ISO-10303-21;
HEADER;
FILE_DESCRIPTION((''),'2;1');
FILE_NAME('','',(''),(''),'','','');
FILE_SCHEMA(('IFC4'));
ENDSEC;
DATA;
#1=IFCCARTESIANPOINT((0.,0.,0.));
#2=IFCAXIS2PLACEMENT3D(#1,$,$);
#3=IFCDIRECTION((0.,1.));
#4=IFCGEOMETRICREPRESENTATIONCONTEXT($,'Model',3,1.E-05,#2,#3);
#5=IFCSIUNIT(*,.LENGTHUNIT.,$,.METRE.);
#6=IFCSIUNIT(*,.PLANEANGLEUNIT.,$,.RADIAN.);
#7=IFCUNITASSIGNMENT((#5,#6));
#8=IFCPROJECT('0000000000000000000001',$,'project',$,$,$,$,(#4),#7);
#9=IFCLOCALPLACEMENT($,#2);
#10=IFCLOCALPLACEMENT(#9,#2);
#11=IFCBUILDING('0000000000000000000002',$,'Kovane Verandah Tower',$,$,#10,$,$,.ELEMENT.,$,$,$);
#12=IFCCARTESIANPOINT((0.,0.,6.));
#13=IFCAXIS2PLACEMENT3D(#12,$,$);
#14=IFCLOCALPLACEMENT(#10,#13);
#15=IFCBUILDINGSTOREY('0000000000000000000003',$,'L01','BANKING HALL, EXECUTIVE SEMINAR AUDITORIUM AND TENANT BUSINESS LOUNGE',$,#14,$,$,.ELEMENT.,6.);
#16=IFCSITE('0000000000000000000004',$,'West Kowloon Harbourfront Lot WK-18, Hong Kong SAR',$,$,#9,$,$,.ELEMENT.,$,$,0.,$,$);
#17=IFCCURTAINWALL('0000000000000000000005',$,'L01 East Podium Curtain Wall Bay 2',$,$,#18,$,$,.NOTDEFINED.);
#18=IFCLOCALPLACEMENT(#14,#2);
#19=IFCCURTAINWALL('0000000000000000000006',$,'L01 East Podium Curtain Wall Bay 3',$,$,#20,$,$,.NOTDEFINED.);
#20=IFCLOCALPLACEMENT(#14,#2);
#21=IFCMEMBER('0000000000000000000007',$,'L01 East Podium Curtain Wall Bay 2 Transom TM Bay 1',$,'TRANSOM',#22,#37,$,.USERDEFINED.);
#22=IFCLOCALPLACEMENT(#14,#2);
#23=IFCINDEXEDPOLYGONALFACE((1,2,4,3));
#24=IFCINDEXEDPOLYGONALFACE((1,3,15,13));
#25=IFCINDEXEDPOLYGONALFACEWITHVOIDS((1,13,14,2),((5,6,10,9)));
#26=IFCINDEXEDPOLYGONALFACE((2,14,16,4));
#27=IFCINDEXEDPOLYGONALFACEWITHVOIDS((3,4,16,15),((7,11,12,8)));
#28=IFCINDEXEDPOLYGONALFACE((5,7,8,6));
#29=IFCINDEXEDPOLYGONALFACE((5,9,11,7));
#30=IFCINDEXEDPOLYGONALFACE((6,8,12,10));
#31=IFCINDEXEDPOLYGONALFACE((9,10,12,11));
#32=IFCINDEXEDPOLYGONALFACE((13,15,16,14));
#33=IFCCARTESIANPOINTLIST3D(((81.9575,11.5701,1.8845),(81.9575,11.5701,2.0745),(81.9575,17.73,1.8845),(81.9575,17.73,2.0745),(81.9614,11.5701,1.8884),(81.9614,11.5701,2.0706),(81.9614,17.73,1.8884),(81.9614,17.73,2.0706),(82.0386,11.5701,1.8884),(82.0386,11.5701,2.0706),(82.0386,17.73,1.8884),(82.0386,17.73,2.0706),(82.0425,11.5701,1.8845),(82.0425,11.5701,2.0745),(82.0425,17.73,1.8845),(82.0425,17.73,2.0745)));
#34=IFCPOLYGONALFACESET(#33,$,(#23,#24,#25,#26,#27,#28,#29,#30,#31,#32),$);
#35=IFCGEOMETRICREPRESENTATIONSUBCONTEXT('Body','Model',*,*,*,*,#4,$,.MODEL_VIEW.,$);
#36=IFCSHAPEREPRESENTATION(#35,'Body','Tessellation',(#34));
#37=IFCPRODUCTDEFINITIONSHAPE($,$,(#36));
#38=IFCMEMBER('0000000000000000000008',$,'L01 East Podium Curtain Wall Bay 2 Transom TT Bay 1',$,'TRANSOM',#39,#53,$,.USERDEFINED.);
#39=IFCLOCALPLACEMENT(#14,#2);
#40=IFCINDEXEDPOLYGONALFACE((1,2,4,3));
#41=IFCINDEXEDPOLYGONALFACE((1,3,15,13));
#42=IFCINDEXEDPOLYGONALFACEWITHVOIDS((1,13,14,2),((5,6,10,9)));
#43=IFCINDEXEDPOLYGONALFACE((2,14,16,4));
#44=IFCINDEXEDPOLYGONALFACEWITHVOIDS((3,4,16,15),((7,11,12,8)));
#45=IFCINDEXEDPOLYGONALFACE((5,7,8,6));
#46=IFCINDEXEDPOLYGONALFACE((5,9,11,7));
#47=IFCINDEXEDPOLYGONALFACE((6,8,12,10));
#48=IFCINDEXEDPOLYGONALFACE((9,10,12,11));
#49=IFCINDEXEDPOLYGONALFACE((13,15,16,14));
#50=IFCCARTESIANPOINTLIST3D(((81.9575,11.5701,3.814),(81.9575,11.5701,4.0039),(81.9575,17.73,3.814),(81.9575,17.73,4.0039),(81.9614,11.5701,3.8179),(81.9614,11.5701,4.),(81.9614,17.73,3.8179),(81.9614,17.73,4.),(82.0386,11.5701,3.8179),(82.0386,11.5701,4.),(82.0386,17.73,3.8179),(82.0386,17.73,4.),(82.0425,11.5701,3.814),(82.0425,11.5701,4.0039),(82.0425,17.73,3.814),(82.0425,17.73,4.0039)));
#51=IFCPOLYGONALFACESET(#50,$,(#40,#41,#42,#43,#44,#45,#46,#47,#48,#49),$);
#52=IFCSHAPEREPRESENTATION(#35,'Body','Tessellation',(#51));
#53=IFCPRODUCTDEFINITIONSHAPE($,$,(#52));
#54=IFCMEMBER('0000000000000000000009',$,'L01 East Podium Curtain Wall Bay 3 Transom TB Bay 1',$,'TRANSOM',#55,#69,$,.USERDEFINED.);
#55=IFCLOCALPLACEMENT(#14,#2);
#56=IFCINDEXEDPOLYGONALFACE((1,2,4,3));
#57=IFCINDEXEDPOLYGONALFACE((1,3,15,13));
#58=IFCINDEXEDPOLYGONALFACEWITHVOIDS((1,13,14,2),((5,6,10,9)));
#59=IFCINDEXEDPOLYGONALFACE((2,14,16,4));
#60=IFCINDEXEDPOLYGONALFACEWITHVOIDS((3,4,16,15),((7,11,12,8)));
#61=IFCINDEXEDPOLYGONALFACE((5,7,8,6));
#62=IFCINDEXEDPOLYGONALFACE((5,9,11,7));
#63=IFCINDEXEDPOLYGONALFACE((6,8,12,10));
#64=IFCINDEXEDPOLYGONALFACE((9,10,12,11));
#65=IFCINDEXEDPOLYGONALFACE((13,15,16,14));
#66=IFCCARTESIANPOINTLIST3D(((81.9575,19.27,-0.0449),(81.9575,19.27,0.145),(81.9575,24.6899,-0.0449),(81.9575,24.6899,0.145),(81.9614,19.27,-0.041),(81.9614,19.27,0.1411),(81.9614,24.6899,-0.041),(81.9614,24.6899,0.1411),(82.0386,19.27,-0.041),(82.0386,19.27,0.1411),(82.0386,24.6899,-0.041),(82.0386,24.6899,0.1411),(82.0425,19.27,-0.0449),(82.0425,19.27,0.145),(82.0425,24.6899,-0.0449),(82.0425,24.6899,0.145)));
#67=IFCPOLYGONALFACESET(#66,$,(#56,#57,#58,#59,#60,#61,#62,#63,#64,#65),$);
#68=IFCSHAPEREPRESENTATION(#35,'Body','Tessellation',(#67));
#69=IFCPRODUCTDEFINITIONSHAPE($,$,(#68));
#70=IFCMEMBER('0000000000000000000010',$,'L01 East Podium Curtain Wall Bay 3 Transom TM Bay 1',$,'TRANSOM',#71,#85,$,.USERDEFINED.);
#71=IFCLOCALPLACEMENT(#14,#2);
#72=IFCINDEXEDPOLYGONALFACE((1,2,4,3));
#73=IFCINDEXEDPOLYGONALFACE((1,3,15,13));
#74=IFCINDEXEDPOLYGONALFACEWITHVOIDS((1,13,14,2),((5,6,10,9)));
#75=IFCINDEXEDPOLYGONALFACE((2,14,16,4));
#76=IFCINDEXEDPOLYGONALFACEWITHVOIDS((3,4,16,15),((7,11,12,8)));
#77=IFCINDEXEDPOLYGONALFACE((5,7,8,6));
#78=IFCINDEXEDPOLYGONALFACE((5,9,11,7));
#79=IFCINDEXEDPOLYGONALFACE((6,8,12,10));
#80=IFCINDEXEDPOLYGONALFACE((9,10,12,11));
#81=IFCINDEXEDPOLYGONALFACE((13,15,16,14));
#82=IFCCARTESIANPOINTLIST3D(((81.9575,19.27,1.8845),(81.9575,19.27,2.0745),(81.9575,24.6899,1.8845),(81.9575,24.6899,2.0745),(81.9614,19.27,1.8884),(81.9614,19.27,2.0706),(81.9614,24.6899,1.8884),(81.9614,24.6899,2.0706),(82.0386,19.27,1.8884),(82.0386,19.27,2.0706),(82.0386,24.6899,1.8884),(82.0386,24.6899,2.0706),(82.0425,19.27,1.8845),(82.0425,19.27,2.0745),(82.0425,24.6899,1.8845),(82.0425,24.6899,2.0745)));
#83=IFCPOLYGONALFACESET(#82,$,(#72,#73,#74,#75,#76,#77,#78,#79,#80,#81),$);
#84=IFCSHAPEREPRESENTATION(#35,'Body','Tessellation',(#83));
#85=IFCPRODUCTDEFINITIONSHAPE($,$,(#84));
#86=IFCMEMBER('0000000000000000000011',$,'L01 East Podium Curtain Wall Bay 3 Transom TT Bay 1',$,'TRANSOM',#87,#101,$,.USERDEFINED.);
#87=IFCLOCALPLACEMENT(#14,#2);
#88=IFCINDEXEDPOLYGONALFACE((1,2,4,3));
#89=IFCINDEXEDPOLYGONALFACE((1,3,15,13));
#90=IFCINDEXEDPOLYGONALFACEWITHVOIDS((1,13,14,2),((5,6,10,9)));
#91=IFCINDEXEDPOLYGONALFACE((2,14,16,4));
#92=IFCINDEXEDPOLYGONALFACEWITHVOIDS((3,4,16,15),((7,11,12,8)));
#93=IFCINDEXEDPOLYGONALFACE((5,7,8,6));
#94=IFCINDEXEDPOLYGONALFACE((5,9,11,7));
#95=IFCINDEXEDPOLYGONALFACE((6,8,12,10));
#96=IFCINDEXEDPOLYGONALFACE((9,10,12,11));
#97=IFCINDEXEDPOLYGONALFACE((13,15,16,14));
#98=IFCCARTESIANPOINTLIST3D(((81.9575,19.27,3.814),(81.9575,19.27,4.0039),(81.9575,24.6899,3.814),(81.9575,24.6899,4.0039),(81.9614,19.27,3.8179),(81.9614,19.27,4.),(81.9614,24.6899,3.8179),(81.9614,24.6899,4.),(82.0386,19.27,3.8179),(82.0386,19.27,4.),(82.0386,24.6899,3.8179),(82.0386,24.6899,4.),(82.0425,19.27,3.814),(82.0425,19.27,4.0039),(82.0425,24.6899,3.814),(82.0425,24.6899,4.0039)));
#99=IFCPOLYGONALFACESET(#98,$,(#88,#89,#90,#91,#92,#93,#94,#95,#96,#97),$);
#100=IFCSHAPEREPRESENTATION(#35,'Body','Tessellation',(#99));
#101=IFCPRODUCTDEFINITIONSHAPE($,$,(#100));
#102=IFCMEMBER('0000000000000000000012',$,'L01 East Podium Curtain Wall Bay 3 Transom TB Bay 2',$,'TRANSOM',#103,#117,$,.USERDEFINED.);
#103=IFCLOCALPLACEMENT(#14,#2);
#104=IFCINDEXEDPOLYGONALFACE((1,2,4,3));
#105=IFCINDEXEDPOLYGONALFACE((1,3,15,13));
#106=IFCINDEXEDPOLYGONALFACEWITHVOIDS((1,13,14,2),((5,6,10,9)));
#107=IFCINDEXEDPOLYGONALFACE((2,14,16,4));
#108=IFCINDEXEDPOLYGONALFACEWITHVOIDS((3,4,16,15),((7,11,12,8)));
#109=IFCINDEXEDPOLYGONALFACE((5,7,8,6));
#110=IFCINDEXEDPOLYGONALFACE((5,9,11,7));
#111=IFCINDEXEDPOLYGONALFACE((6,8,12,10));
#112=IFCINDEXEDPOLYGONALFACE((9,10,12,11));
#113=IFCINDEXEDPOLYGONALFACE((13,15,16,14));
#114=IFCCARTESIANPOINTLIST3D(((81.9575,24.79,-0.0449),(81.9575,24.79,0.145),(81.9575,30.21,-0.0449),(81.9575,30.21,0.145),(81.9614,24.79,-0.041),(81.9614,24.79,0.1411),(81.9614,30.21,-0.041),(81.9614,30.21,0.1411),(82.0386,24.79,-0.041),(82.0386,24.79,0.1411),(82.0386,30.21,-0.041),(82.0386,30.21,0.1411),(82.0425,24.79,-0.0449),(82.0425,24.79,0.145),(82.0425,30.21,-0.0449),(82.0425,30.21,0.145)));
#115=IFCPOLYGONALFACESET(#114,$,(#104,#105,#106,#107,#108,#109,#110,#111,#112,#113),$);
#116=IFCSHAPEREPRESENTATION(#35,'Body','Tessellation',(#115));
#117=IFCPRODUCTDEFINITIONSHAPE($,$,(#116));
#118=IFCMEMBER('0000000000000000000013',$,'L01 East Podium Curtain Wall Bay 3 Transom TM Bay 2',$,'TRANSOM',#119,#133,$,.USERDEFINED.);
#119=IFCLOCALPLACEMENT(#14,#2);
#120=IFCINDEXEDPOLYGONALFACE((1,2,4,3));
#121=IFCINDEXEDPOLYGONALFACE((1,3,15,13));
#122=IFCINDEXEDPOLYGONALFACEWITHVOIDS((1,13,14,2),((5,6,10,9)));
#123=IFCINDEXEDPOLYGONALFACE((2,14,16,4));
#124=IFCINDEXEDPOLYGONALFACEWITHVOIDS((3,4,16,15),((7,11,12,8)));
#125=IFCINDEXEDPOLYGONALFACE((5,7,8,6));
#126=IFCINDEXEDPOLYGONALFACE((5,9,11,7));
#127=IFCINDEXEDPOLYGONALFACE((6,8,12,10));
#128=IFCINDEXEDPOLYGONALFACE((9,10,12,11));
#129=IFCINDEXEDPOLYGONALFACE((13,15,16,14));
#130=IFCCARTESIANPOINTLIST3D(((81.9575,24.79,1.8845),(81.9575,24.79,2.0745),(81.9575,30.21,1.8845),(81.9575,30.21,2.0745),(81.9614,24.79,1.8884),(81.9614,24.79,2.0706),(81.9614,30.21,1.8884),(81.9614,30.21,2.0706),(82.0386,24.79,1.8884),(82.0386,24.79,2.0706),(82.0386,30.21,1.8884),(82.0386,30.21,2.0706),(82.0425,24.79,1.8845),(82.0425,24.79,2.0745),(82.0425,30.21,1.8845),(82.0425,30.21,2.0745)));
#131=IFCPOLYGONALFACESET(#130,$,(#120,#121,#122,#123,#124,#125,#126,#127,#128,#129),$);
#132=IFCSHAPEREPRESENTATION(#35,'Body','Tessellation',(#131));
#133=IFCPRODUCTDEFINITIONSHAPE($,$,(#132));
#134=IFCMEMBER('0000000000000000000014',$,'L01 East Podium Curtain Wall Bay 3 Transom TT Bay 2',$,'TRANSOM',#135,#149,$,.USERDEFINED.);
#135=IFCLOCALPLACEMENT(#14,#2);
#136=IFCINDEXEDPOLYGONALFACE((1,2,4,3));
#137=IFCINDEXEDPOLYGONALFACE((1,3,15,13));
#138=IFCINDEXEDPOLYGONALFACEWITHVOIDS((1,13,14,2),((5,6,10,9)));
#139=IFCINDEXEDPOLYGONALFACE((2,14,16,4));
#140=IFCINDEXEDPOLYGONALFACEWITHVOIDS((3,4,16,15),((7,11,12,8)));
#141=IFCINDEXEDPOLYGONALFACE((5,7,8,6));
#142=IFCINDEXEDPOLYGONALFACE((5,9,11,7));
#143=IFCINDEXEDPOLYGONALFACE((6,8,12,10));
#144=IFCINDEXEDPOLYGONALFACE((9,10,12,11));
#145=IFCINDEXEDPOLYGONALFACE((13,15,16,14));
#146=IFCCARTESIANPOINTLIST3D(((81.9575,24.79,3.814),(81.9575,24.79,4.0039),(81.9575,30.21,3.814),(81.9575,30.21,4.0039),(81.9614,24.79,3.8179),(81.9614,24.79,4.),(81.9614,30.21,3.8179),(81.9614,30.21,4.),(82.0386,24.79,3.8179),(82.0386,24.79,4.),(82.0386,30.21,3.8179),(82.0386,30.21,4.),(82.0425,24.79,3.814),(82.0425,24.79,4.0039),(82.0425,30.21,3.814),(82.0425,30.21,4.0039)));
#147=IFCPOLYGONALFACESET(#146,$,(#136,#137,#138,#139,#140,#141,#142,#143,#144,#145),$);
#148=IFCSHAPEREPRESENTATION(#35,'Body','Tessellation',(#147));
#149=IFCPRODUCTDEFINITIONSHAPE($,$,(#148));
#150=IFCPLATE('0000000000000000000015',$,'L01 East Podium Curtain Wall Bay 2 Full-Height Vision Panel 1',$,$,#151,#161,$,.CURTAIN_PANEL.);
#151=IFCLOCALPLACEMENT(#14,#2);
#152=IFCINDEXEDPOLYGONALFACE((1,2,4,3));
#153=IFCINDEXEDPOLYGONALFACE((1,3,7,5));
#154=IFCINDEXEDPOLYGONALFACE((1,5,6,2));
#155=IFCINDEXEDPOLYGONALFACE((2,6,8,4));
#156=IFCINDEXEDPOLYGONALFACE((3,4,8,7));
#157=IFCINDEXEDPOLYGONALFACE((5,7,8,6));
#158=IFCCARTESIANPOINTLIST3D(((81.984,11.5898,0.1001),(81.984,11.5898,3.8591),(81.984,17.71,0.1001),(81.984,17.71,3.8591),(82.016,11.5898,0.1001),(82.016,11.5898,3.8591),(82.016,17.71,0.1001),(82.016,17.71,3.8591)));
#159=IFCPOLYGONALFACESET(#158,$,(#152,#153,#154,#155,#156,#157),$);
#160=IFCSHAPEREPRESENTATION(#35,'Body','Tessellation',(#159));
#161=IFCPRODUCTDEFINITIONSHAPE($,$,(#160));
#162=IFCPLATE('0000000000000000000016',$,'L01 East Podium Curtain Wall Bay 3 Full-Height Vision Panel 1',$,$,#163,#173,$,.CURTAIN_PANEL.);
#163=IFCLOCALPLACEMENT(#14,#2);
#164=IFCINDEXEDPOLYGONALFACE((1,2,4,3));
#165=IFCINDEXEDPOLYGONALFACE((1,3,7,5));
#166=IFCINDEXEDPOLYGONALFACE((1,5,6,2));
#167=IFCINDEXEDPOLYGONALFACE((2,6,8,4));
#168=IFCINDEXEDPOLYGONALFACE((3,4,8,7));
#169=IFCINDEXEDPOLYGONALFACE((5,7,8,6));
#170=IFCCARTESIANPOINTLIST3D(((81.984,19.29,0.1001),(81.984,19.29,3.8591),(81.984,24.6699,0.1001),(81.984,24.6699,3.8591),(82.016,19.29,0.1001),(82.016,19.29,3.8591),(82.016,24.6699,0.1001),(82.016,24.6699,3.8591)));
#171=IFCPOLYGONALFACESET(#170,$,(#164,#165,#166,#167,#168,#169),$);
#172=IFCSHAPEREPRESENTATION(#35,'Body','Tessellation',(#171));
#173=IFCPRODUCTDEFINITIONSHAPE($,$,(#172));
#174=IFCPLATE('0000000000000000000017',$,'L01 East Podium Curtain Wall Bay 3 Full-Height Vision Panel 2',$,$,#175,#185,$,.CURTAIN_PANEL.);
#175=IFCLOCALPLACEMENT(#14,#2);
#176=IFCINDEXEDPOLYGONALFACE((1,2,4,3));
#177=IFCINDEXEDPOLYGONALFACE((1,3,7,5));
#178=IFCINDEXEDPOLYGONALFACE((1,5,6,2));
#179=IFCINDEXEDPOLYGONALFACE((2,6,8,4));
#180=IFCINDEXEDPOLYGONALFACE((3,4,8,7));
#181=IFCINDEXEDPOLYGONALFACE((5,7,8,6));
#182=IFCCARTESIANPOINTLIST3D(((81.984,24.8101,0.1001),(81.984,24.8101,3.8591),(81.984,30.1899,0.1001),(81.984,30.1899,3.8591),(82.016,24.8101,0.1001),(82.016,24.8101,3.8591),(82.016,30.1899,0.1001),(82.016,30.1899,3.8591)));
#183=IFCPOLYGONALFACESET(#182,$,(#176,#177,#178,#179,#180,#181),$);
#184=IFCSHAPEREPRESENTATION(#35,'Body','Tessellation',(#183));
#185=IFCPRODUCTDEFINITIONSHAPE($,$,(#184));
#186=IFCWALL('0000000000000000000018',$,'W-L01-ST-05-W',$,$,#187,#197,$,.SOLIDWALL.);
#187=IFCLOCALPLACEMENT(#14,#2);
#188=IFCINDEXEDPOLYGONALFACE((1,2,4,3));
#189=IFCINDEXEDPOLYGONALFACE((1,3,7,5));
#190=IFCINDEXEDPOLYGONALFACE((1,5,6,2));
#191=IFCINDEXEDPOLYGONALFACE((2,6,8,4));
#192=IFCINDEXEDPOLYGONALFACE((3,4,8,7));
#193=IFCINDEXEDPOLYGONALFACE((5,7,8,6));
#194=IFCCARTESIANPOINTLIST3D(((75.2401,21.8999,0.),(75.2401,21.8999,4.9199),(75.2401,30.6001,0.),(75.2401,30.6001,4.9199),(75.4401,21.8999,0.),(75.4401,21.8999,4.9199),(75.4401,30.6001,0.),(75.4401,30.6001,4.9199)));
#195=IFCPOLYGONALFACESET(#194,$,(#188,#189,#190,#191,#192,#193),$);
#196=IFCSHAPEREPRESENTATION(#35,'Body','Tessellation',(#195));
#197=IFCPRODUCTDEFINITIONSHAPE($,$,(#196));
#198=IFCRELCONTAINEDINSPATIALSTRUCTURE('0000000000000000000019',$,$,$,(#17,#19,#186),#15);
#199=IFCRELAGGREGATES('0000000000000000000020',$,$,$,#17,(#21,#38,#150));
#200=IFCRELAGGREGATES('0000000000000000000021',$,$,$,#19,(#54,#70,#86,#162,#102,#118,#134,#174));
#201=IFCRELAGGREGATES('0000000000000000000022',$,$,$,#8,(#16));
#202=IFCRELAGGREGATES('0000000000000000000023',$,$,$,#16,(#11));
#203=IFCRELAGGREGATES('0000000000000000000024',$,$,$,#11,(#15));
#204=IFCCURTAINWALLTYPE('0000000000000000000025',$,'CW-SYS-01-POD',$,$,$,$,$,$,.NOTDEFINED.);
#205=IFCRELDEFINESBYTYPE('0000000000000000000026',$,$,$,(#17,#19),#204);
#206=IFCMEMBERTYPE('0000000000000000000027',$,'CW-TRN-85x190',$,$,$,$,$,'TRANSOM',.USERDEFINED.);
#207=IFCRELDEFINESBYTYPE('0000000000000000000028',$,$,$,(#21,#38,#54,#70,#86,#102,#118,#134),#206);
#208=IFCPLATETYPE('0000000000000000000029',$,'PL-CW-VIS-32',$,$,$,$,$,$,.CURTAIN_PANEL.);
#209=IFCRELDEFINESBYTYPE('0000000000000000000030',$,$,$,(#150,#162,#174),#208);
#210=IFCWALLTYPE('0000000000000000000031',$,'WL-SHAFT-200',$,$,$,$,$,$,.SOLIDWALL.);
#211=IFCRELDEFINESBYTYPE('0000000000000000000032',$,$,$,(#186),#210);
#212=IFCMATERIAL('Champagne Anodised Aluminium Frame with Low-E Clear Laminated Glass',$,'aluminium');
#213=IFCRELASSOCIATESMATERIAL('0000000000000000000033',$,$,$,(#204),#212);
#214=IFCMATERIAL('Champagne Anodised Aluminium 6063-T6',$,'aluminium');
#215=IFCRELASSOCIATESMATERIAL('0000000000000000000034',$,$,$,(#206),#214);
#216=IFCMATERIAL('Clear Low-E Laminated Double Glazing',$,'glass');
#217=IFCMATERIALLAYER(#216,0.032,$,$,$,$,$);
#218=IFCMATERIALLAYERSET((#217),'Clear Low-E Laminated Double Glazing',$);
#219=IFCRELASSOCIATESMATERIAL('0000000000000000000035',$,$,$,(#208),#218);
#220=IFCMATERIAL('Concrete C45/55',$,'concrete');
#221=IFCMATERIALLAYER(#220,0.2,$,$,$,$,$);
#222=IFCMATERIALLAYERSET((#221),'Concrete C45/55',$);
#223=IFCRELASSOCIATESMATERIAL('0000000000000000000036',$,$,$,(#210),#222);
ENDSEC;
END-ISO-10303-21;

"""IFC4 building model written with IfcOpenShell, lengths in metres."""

from ifc_helpers import new_model, si_unit, direction, frame, frame_2d, origin, origin_2d, place, context, subcontext, project, spatial, rectangle, hollow_rectangle, extrude, material, layer, layer_set, material_profile, profile_set, type_object, element, aggregate, save


model = new_model("IFC4")

# Units and contexts
model_context = context("Model", 3, precision=1e-05, world=origin(), true_north=direction((0.0, 1.0)))
body_context = subcontext(model_context, "Body", "Model", "MODEL_VIEW")
ifc_project = project(units=[si_unit("LENGTHUNIT", "METRE"), si_unit("PLANEANGLEUNIT", "RADIAN")], contexts=[model_context])

# Site, building, storey
site_placement = place(None, origin())
site = spatial("IfcSite", under=ifc_project, at=site_placement, Name="West Kowloon Harbourfront Lot WK-18, Hong Kong SAR", CompositionType="ELEMENT", RefElevation=0.0)
building_placement = place(site_placement, origin())
building = spatial("IfcBuilding", under=site, at=building_placement, Name="Kovane Verandah Tower", CompositionType="ELEMENT")
storey_placement = place(building_placement, frame((0.0, 0.0, 6.0)))
storey = spatial("IfcBuildingStorey", under=building, at=storey_placement, Name="L01", Description="BANKING HALL, EXECUTIVE SEMINAR AUDITORIUM AND TENANT BUSINESS LOUNGE", CompositionType="ELEMENT", Elevation=6.0)

# Curtain walls
ifc_material_1 = material(Name="Champagne Anodised Aluminium Frame with Low-E Clear Laminated Glass", Category="aluminium")
curtain_wall_type = type_object("IfcCurtainWallType", Name="CW-SYS-01-POD", PredefinedType="NOTDEFINED", material=ifc_material_1)
curtain_wall_1_placement = place(storey_placement, origin())
curtain_wall_1 = element("IfcCurtainWall", 1, at=curtain_wall_1_placement, inside=storey, type_object=curtain_wall_type, Name="L01 East Podium Curtain Wall Bay 2", PredefinedType="NOTDEFINED")
ifc_material_2 = material(Name="Champagne Anodised Aluminium 6063-T6", Category="aluminium")
curtain_wall_2_placement = place(storey_placement, origin())
curtain_wall_2 = element("IfcCurtainWall", 2, at=curtain_wall_2_placement, inside=storey, type_object=curtain_wall_type, Name="L01 East Podium Curtain Wall Bay 3", PredefinedType="NOTDEFINED")

# Members
ifc_material_profile_1 = material_profile(ifc_material_2, hollow_rectangle(XDim=0.085, YDim=0.1899, WallThickness=0.0039, at=origin_2d()), Name="AL85x190x4")
ifc_profile_set_1 = profile_set([ifc_material_profile_1], Name="Champagne Anodised Aluminium 6063-T6")
member_type_1 = type_object("IfcMemberType", Name="CW-TRN-85x190", ElementType="TRANSOM", PredefinedType="USERDEFINED", material=ifc_profile_set_1)
member_1_placement = place(storey_placement, frame((82.0, 11.5701, 1.9795), z_axis=(0.0, 1.0, 0.0), x_axis=(-1.0, 0.0, 0.0)))
member_1 = element("IfcMember", 3, at=member_1_placement, type_object=member_type_1, Name="L01 East Podium Curtain Wall Bay 2 Transom TM Bay 1", ObjectType="TRANSOM", PredefinedType="USERDEFINED", context=body_context, shape_type="SweptSolid", body=[
    extrude(hollow_rectangle(XDim=0.085, YDim=0.1899, WallThickness=0.0039, at=origin_2d()), origin(), (0.0, 0.0, 1.0), 6.1599),
])
member_2_placement = place(storey_placement, frame((82.0, 11.5701, 3.9089), z_axis=(0.0, 1.0, 0.0), x_axis=(-1.0, 0.0, 0.0)))
member_2 = element("IfcMember", 4, at=member_2_placement, type_object=member_type_1, Name="L01 East Podium Curtain Wall Bay 2 Transom TT Bay 1", ObjectType="TRANSOM", PredefinedType="USERDEFINED", context=body_context, shape_type="SweptSolid", body=[
    extrude(hollow_rectangle(XDim=0.085, YDim=0.1899, WallThickness=0.0039, at=origin_2d()), origin(), (0.0, 0.0, 1.0), 6.1599),
])
member_3_placement = place(storey_placement, frame((82.0, 19.27, 0.05), z_axis=(0.0, 1.0, 0.0), x_axis=(-1.0, 0.0, 0.0)))
member_3 = element("IfcMember", 5, at=member_3_placement, type_object=member_type_1, Name="L01 East Podium Curtain Wall Bay 3 Transom TB Bay 1", ObjectType="TRANSOM", PredefinedType="USERDEFINED", context=body_context, shape_type="SweptSolid", body=[
    extrude(hollow_rectangle(XDim=0.085, YDim=0.1899, WallThickness=0.0039, at=origin_2d()), origin(), (0.0, 0.0, 1.0), 5.4199),
])
member_4_placement = place(storey_placement, frame((82.0, 19.27, 1.9795), z_axis=(0.0, 1.0, 0.0), x_axis=(-1.0, 0.0, 0.0)))
member_4 = element("IfcMember", 6, at=member_4_placement, type_object=member_type_1, Name="L01 East Podium Curtain Wall Bay 3 Transom TM Bay 1", ObjectType="TRANSOM", PredefinedType="USERDEFINED", context=body_context, shape_type="SweptSolid", body=[
    extrude(hollow_rectangle(XDim=0.085, YDim=0.1899, WallThickness=0.0039, at=origin_2d()), origin(), (0.0, 0.0, 1.0), 5.4199),
])
member_5_placement = place(storey_placement, frame((82.0, 19.27, 3.9089), z_axis=(0.0, 1.0, 0.0), x_axis=(-1.0, 0.0, 0.0)))
member_5 = element("IfcMember", 7, at=member_5_placement, type_object=member_type_1, Name="L01 East Podium Curtain Wall Bay 3 Transom TT Bay 1", ObjectType="TRANSOM", PredefinedType="USERDEFINED", context=body_context, shape_type="SweptSolid", body=[
    extrude(hollow_rectangle(XDim=0.085, YDim=0.1899, WallThickness=0.0039, at=origin_2d()), origin(), (0.0, 0.0, 1.0), 5.4199),
])
member_6_placement = place(storey_placement, frame((82.0, 24.79, 0.05), z_axis=(0.0, 1.0, 0.0), x_axis=(-1.0, 0.0, 0.0)))
member_6 = element("IfcMember", 8, at=member_6_placement, type_object=member_type_1, Name="L01 East Podium Curtain Wall Bay 3 Transom TB Bay 2", ObjectType="TRANSOM", PredefinedType="USERDEFINED", context=body_context, shape_type="SweptSolid", body=[
    extrude(hollow_rectangle(XDim=0.085, YDim=0.1899, WallThickness=0.0039, at=origin_2d()), origin(), (0.0, 0.0, 1.0), 5.4199),
])
member_7_placement = place(storey_placement, frame((82.0, 24.79, 1.9795), z_axis=(0.0, 1.0, 0.0), x_axis=(-1.0, 0.0, 0.0)))
member_7 = element("IfcMember", 9, at=member_7_placement, type_object=member_type_1, Name="L01 East Podium Curtain Wall Bay 3 Transom TM Bay 2", ObjectType="TRANSOM", PredefinedType="USERDEFINED", context=body_context, shape_type="SweptSolid", body=[
    extrude(hollow_rectangle(XDim=0.085, YDim=0.1899, WallThickness=0.0039, at=origin_2d()), origin(), (0.0, 0.0, 1.0), 5.4199),
])
member_8_placement = place(storey_placement, frame((82.0, 24.79, 3.9089), z_axis=(0.0, 1.0, 0.0), x_axis=(-1.0, 0.0, 0.0)))
member_8 = element("IfcMember", 10, at=member_8_placement, type_object=member_type_1, Name="L01 East Podium Curtain Wall Bay 3 Transom TT Bay 2", ObjectType="TRANSOM", PredefinedType="USERDEFINED", context=body_context, shape_type="SweptSolid", body=[
    extrude(hollow_rectangle(XDim=0.085, YDim=0.1899, WallThickness=0.0039, at=origin_2d()), origin(), (0.0, 0.0, 1.0), 5.4199),
])

# Plates
ifc_material_3 = material(Name="Clear Low-E Laminated Double Glazing", Category="glass")
ifc_layer_1 = layer(ifc_material_3, 0.032)
ifc_layer_set_1 = layer_set([ifc_layer_1], Name="Clear Low-E Laminated Double Glazing")
plate_type = type_object("IfcPlateType", Name="PL-CW-VIS-32", PredefinedType="CURTAIN_PANEL", material=ifc_layer_set_1)
plate_1_placement = place(storey_placement, frame((82.0, 14.6499, 0.1001), z_axis=(0.0, 0.0, 1.0), x_axis=(0.0, 1.0, 0.0)))
plate_1 = element("IfcPlate", 11, at=plate_1_placement, type_object=plate_type, Name="L01 East Podium Curtain Wall Bay 2 Full-Height Vision Panel 1", PredefinedType="CURTAIN_PANEL", context=body_context, shape_type="SweptSolid", body=[
    extrude(rectangle(XDim=6.1201, YDim=0.032, at=origin_2d()), origin(), (0.0, 0.0, 1.0), 3.759),
])
aggregate(curtain_wall_1, [member_1, member_2, plate_1])
plate_2_placement = place(storey_placement, frame((82.0, 21.98, 0.1001), z_axis=(0.0, 0.0, 1.0), x_axis=(0.0, 1.0, 0.0)))
plate_2 = element("IfcPlate", 12, at=plate_2_placement, type_object=plate_type, Name="L01 East Podium Curtain Wall Bay 3 Full-Height Vision Panel 1", PredefinedType="CURTAIN_PANEL", context=body_context, shape_type="SweptSolid", body=[
    extrude(rectangle(XDim=5.3799, YDim=0.032, at=origin_2d()), origin(), (0.0, 0.0, 1.0), 3.759),
])
plate_3_placement = place(storey_placement, frame((82.0, 27.5, 0.1001), z_axis=(0.0, 0.0, 1.0), x_axis=(0.0, 1.0, 0.0)))
plate_3 = element("IfcPlate", 13, at=plate_3_placement, type_object=plate_type, Name="L01 East Podium Curtain Wall Bay 3 Full-Height Vision Panel 2", PredefinedType="CURTAIN_PANEL", context=body_context, shape_type="SweptSolid", body=[
    extrude(rectangle(XDim=5.3799, YDim=0.032, at=origin_2d()), origin(), (0.0, 0.0, 1.0), 3.759),
])
aggregate(curtain_wall_2, [member_3, member_4, member_5, plate_2, member_6, member_7, member_8, plate_3])

# Wall
ifc_material_4 = material(Name="Concrete C45/55", Category="concrete")
ifc_layer_2 = layer(ifc_material_4, 0.2)
ifc_layer_set_2 = layer_set([ifc_layer_2], Name="Concrete C45/55")
wall_type = type_object("IfcWallType", Name="WL-SHAFT-200", PredefinedType="SOLIDWALL", material=ifc_layer_set_2)
for number, where, z_axis, x_axis, name in (
    (14, (75.3401, 21.8999, 0.0), (0.0, 0.0, 1.0), (0.0, 1.0, 0.0), "W-L01-ST-05-W"),
):
    element("IfcWall", number, at=place(storey_placement, frame(where, z_axis=z_axis, x_axis=x_axis)), inside=storey, type_object=wall_type, Name=name, PredefinedType="SOLIDWALL", context=body_context, shape_type="SweptSolid", body=[
        extrude(rectangle(XDim=8.7002, YDim=0.2, at=frame_2d((4.3501, 0.0))), origin(), (0.0, 0.0, 1.0), 4.9199),
    ])

save(model, "model.ifc")
